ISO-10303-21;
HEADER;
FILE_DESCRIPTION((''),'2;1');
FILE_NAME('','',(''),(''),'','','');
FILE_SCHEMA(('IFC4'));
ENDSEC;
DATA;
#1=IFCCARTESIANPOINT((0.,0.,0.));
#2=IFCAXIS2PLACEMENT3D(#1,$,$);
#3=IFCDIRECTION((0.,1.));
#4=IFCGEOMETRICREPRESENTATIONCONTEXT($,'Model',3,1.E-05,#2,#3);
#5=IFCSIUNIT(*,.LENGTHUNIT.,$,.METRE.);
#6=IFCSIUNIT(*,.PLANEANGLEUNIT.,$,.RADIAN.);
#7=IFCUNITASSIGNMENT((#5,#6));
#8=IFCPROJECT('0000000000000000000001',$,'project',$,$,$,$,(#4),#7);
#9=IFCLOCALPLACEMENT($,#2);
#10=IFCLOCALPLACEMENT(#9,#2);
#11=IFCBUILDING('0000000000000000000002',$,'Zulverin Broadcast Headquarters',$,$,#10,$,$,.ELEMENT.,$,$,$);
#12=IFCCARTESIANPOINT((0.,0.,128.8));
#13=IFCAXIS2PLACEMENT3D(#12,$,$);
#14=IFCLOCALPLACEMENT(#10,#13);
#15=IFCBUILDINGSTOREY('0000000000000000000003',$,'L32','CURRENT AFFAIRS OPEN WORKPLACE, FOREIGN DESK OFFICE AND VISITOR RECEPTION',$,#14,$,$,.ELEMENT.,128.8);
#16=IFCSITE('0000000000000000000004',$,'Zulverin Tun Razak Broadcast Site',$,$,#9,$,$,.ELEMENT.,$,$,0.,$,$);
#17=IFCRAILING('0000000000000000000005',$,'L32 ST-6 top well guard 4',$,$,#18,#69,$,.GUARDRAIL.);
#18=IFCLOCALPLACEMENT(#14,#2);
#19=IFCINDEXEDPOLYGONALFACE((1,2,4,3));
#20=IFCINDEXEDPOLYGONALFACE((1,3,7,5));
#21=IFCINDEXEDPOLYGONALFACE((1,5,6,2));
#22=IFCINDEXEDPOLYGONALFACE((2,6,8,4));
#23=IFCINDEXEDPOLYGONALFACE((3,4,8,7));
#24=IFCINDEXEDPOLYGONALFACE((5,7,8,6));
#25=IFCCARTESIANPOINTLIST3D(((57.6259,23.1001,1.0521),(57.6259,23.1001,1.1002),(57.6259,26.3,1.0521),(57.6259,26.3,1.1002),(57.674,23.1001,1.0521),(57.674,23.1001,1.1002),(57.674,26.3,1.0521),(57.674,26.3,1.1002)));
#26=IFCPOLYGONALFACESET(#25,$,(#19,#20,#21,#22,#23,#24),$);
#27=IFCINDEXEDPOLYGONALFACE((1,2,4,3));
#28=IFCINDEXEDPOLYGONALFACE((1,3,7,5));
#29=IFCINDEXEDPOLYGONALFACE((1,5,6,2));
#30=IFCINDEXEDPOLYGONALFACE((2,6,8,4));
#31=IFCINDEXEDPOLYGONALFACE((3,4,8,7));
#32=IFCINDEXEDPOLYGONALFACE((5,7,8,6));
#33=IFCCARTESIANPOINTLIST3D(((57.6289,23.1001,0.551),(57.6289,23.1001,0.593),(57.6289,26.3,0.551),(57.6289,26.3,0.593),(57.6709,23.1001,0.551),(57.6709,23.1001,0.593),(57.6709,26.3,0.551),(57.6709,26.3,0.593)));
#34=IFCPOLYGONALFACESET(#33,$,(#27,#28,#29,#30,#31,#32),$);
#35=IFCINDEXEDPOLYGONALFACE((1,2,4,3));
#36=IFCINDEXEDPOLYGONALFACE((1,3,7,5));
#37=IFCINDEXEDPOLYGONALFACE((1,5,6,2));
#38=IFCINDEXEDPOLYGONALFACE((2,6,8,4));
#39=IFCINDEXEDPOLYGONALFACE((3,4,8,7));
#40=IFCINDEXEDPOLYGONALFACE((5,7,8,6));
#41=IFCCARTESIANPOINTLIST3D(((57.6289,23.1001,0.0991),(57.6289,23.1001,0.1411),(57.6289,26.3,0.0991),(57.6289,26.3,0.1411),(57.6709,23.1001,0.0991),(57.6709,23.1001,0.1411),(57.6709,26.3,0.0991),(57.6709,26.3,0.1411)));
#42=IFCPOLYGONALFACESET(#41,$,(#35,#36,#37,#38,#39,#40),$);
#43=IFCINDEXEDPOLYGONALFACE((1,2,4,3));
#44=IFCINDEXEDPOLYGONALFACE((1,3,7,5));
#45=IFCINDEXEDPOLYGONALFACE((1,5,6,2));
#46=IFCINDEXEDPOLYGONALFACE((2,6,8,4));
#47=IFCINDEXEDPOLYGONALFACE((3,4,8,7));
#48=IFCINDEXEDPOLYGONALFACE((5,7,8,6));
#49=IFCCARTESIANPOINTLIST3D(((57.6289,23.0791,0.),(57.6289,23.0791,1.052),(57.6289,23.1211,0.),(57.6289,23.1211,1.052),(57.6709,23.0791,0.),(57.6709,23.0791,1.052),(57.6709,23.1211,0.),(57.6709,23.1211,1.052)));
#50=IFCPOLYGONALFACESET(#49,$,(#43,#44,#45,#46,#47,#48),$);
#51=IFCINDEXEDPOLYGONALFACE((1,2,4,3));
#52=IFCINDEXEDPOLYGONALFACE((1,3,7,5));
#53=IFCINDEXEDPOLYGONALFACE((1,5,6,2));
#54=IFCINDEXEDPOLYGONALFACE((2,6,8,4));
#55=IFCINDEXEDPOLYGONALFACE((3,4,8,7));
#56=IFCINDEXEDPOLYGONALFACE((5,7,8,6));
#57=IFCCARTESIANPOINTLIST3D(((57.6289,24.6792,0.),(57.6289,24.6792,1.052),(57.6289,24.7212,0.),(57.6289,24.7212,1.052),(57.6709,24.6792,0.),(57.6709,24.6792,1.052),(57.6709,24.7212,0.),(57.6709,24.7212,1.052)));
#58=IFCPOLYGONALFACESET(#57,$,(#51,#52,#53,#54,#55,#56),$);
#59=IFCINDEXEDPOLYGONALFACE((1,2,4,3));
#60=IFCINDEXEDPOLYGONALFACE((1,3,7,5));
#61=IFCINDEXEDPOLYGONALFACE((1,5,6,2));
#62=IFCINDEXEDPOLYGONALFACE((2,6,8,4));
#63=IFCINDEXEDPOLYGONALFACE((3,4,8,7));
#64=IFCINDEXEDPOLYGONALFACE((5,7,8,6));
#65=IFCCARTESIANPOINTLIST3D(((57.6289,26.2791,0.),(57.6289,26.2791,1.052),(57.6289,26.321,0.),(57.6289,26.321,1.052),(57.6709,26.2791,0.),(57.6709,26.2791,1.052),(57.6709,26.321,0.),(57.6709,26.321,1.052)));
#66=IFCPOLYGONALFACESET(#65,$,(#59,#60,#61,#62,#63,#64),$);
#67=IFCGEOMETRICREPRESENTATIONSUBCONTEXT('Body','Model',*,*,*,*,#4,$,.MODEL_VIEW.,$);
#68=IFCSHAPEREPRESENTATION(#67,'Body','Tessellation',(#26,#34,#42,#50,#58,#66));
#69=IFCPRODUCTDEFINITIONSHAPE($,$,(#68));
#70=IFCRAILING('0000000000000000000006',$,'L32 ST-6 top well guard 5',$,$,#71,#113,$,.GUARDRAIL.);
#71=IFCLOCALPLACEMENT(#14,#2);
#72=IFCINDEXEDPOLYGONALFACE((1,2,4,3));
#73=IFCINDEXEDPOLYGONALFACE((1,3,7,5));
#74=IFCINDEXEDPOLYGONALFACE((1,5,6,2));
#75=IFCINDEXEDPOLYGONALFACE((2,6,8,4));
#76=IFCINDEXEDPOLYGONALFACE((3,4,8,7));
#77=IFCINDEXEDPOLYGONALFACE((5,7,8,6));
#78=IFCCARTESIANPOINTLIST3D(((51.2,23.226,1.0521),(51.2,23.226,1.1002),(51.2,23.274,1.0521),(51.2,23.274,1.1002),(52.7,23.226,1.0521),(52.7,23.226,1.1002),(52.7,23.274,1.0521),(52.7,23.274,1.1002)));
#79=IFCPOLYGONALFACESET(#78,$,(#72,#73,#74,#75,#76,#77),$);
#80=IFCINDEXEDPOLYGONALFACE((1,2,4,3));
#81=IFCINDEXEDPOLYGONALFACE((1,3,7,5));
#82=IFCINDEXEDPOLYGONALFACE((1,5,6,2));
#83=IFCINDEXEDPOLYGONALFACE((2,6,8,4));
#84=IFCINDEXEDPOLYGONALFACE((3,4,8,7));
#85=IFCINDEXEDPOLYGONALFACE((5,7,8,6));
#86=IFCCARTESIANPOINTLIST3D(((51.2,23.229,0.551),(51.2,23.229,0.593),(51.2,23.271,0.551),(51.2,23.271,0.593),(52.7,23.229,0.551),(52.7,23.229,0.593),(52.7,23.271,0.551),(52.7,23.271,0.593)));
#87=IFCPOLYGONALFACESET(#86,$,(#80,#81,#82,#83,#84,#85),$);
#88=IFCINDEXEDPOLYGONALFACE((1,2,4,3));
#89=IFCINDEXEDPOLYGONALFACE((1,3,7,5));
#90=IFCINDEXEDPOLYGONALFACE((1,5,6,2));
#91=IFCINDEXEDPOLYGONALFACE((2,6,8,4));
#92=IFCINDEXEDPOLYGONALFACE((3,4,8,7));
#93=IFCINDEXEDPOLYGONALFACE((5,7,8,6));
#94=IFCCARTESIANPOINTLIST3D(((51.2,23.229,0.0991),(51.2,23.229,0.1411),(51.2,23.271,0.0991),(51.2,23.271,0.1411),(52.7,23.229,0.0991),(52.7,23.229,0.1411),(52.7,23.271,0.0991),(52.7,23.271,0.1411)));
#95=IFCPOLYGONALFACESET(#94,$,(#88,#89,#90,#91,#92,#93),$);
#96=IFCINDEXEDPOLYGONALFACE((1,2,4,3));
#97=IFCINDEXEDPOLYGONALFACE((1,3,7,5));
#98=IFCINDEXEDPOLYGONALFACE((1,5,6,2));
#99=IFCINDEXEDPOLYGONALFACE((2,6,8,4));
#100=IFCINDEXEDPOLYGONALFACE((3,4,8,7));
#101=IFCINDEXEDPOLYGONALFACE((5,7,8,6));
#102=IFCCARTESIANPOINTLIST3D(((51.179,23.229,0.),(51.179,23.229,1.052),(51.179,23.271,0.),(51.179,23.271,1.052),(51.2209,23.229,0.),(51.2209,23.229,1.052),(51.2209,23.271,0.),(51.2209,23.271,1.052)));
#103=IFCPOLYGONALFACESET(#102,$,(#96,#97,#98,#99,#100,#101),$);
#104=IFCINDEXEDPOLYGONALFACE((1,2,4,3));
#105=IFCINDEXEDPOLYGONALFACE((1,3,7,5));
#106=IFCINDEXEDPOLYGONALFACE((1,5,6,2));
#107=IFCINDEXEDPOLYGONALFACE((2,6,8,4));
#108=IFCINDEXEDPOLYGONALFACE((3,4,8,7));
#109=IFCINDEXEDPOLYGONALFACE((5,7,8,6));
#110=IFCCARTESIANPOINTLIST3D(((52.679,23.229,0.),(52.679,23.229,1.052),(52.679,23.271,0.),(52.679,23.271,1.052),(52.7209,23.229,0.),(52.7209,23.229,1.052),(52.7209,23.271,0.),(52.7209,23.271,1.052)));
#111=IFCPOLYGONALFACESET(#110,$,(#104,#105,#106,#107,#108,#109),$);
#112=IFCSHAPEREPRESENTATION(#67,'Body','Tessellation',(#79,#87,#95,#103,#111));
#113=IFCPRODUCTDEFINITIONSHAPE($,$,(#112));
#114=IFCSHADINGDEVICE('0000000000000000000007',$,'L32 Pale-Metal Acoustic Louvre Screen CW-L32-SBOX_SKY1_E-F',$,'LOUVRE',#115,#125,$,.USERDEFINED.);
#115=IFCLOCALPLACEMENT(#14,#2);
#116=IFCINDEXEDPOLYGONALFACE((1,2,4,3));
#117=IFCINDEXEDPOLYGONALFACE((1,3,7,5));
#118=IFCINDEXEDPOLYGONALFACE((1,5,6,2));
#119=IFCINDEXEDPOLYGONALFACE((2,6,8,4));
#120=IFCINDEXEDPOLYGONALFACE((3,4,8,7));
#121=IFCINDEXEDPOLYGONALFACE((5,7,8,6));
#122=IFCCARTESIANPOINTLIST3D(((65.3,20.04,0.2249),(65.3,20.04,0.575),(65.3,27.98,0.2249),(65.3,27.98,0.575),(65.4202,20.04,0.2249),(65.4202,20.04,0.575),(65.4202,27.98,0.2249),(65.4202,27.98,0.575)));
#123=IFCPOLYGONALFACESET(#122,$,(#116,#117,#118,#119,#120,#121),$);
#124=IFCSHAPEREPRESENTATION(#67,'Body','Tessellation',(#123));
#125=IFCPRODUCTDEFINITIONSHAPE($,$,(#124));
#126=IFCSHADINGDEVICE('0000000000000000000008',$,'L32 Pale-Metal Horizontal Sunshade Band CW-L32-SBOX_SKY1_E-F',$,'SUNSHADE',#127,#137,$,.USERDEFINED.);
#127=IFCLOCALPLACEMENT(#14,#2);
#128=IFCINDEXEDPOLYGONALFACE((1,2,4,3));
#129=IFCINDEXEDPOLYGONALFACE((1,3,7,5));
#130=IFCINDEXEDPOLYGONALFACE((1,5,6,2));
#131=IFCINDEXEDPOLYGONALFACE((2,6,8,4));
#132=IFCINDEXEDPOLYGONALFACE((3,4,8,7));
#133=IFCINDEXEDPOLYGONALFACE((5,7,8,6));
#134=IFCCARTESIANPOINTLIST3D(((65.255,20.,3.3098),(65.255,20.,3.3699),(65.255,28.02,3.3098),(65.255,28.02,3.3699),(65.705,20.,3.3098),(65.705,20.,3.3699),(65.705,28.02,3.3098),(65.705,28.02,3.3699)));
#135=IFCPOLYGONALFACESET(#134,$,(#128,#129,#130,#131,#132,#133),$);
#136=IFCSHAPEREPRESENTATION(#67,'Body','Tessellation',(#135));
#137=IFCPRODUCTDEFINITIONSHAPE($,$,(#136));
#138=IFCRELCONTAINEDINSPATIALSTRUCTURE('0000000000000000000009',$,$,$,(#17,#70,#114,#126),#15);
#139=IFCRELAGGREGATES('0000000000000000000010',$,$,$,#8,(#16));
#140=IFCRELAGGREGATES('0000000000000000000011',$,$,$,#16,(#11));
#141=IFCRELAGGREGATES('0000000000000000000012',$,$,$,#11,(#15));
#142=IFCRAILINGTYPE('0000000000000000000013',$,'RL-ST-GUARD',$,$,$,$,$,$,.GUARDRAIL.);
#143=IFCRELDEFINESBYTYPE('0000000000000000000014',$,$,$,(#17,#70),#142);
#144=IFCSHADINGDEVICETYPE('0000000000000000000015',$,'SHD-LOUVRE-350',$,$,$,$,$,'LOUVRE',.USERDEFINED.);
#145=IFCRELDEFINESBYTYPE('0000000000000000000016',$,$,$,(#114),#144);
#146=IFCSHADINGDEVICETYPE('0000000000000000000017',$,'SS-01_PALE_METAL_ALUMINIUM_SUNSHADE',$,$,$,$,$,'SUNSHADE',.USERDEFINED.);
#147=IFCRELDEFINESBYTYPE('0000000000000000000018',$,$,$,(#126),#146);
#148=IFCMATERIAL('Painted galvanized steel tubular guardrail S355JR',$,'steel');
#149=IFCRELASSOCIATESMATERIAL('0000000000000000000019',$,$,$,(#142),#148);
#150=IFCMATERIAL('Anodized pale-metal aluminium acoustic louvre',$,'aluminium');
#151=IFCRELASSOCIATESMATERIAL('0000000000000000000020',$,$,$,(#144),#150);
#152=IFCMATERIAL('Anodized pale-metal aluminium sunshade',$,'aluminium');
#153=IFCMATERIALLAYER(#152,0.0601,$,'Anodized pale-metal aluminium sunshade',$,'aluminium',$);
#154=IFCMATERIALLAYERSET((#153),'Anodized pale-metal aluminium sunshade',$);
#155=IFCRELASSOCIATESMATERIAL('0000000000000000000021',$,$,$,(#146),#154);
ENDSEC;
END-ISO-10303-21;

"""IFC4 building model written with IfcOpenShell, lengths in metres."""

from ifc_helpers import new_model, si_unit, direction, frame, origin, origin_2d, place, context, subcontext, project, spatial, rectangle, extrude, material, layer, layer_set, type_object, element, save


model = new_model("IFC4")

# Units and contexts
model_context = context("Model", 3, precision=1e-05, world=origin(), true_north=direction((0.0, 1.0)))
body_context = subcontext(model_context, "Body", "Model", "MODEL_VIEW")
ifc_project = project(units=[si_unit("LENGTHUNIT", "METRE"), si_unit("PLANEANGLEUNIT", "RADIAN")], contexts=[model_context])

# Site, building, storey
site_placement = place(None, origin())
site = spatial("IfcSite", under=ifc_project, at=site_placement, Name="Zulverin Tun Razak Broadcast Site", CompositionType="ELEMENT", RefElevation=0.0)
building_placement = place(site_placement, origin())
building = spatial("IfcBuilding", under=site, at=building_placement, Name="Zulverin Broadcast Headquarters", CompositionType="ELEMENT")
storey_placement = place(building_placement, frame((0.0, 0.0, 128.8)))
storey = spatial("IfcBuildingStorey", under=building, at=storey_placement, Name="L32", Description="CURRENT AFFAIRS OPEN WORKPLACE, FOREIGN DESK OFFICE AND VISITOR RECEPTION", CompositionType="ELEMENT", Elevation=128.8)

# Railings
ifc_material_1 = material(Name="Painted galvanized steel tubular guardrail S355JR", Category="steel")
railing_type = type_object("IfcRailingType", Name="RL-ST-GUARD", PredefinedType="GUARDRAIL", material=ifc_material_1)
railing_1_placement = place(storey_placement, frame((57.6499, 23.1001, 0.0)))
element("IfcRailing", 1, at=railing_1_placement, inside=storey, type_object=railing_type, Name="L32 ST-6 top well guard 4", PredefinedType="GUARDRAIL", context=body_context, shape_type="SweptSolid", body=[
    extrude(rectangle(XDim=0.0481, YDim=0.0481, at=origin_2d()), frame((0.0, 0.0, 1.0762), z_axis=(0.0, 1.0, 0.0), x_axis=(-1.0, 0.0, 0.0)), (0.0, 0.0, 1.0), 3.2),
    extrude(rectangle(XDim=0.042, YDim=0.042, at=origin_2d()), frame((0.0, 0.0, 0.572), z_axis=(0.0, 1.0, 0.0), x_axis=(-1.0, 0.0, 0.0)), (0.0, 0.0, 1.0), 3.2),
    extrude(rectangle(XDim=0.042, YDim=0.042, at=origin_2d()), frame((0.0, 0.0, 0.1201), z_axis=(0.0, 1.0, 0.0), x_axis=(-1.0, 0.0, 0.0)), (0.0, 0.0, 1.0), 3.2),
    extrude(rectangle(XDim=0.042, YDim=0.042, at=origin_2d()), origin(), (0.0, 0.0, 1.0), 1.052),
    extrude(rectangle(XDim=0.042, YDim=0.042, at=origin_2d()), frame((0.0, 1.6001, 0.0)), (0.0, 0.0, 1.0), 1.052),
    extrude(rectangle(XDim=0.042, YDim=0.042, at=origin_2d()), frame((0.0, 3.2, 0.0)), (0.0, 0.0, 1.0), 1.052),
])
railing_2_placement = place(storey_placement, frame((51.2, 23.25, 0.0)))
element("IfcRailing", 2, at=railing_2_placement, inside=storey, type_object=railing_type, Name="L32 ST-6 top well guard 5", PredefinedType="GUARDRAIL", context=body_context, shape_type="SweptSolid", body=[
    extrude(rectangle(XDim=0.0481, YDim=0.0481, at=origin_2d()), frame((0.0, 0.0, 1.0762), z_axis=(1.0, 0.0, 0.0), x_axis=(0.0, 1.0, 0.0)), (0.0, 0.0, 1.0), 1.5),
    extrude(rectangle(XDim=0.042, YDim=0.042, at=origin_2d()), frame((0.0, 0.0, 0.572), z_axis=(1.0, 0.0, 0.0), x_axis=(0.0, 1.0, 0.0)), (0.0, 0.0, 1.0), 1.5),
    extrude(rectangle(XDim=0.042, YDim=0.042, at=origin_2d()), frame((0.0, 0.0, 0.1201), z_axis=(1.0, 0.0, 0.0), x_axis=(0.0, 1.0, 0.0)), (0.0, 0.0, 1.0), 1.5),
    extrude(rectangle(XDim=0.042, YDim=0.042, at=origin_2d()), origin(), (0.0, 0.0, 1.0), 1.052),
    extrude(rectangle(XDim=0.042, YDim=0.042, at=origin_2d()), frame((1.5, 0.0, 0.0)), (0.0, 0.0, 1.0), 1.052),
])

# Shading devices
ifc_material_2 = material(Name="Anodized pale-metal aluminium acoustic louvre", Category="aluminium")
shading_device_type_1 = type_object("IfcShadingDeviceType", Name="SHD-LOUVRE-350", ElementType="LOUVRE", PredefinedType="USERDEFINED", material=ifc_material_2)
shading_device_1_placement = place(storey_placement, frame((65.3601, 24.01, 0.2249), z_axis=(0.0, 0.0, 1.0), x_axis=(0.0, 1.0, 0.0)))
element("IfcShadingDevice", 3, at=shading_device_1_placement, inside=storey, type_object=shading_device_type_1, Name="L32 Pale-Metal Acoustic Louvre Screen CW-L32-SBOX_SKY1_E-F", ObjectType="LOUVRE", PredefinedType="USERDEFINED", context=body_context, shape_type="SweptSolid", body=[
    extrude(rectangle(XDim=7.9399, YDim=0.1201, at=origin_2d()), origin(), (0.0, 0.0, 1.0), 0.3501),
])
ifc_material_3 = material(Name="Anodized pale-metal aluminium sunshade", Category="aluminium")
ifc_layer_1 = layer(ifc_material_3, 0.0601, Name="Anodized pale-metal aluminium sunshade", Category="aluminium")
ifc_layer_set_1 = layer_set([ifc_layer_1], Name="Anodized pale-metal aluminium sunshade")
shading_device_type_2 = type_object("IfcShadingDeviceType", Name="SS-01_PALE_METAL_ALUMINIUM_SUNSHADE", ElementType="SUNSHADE", PredefinedType="USERDEFINED", material=ifc_layer_set_1)
shading_device_2_placement = place(storey_placement, frame((65.48, 24.01, 3.3098), z_axis=(0.0, 0.0, 1.0), x_axis=(0.0, 1.0, 0.0)))
element("IfcShadingDevice", 4, at=shading_device_2_placement, inside=storey, type_object=shading_device_type_2, Name="L32 Pale-Metal Horizontal Sunshade Band CW-L32-SBOX_SKY1_E-F", ObjectType="SUNSHADE", PredefinedType="USERDEFINED", context=body_context, shape_type="SweptSolid", body=[
    extrude(rectangle(XDim=8.02, YDim=0.45, at=origin_2d()), origin(), (0.0, 0.0, 1.0), 0.0601),
])

save(model, "model.ifc")
